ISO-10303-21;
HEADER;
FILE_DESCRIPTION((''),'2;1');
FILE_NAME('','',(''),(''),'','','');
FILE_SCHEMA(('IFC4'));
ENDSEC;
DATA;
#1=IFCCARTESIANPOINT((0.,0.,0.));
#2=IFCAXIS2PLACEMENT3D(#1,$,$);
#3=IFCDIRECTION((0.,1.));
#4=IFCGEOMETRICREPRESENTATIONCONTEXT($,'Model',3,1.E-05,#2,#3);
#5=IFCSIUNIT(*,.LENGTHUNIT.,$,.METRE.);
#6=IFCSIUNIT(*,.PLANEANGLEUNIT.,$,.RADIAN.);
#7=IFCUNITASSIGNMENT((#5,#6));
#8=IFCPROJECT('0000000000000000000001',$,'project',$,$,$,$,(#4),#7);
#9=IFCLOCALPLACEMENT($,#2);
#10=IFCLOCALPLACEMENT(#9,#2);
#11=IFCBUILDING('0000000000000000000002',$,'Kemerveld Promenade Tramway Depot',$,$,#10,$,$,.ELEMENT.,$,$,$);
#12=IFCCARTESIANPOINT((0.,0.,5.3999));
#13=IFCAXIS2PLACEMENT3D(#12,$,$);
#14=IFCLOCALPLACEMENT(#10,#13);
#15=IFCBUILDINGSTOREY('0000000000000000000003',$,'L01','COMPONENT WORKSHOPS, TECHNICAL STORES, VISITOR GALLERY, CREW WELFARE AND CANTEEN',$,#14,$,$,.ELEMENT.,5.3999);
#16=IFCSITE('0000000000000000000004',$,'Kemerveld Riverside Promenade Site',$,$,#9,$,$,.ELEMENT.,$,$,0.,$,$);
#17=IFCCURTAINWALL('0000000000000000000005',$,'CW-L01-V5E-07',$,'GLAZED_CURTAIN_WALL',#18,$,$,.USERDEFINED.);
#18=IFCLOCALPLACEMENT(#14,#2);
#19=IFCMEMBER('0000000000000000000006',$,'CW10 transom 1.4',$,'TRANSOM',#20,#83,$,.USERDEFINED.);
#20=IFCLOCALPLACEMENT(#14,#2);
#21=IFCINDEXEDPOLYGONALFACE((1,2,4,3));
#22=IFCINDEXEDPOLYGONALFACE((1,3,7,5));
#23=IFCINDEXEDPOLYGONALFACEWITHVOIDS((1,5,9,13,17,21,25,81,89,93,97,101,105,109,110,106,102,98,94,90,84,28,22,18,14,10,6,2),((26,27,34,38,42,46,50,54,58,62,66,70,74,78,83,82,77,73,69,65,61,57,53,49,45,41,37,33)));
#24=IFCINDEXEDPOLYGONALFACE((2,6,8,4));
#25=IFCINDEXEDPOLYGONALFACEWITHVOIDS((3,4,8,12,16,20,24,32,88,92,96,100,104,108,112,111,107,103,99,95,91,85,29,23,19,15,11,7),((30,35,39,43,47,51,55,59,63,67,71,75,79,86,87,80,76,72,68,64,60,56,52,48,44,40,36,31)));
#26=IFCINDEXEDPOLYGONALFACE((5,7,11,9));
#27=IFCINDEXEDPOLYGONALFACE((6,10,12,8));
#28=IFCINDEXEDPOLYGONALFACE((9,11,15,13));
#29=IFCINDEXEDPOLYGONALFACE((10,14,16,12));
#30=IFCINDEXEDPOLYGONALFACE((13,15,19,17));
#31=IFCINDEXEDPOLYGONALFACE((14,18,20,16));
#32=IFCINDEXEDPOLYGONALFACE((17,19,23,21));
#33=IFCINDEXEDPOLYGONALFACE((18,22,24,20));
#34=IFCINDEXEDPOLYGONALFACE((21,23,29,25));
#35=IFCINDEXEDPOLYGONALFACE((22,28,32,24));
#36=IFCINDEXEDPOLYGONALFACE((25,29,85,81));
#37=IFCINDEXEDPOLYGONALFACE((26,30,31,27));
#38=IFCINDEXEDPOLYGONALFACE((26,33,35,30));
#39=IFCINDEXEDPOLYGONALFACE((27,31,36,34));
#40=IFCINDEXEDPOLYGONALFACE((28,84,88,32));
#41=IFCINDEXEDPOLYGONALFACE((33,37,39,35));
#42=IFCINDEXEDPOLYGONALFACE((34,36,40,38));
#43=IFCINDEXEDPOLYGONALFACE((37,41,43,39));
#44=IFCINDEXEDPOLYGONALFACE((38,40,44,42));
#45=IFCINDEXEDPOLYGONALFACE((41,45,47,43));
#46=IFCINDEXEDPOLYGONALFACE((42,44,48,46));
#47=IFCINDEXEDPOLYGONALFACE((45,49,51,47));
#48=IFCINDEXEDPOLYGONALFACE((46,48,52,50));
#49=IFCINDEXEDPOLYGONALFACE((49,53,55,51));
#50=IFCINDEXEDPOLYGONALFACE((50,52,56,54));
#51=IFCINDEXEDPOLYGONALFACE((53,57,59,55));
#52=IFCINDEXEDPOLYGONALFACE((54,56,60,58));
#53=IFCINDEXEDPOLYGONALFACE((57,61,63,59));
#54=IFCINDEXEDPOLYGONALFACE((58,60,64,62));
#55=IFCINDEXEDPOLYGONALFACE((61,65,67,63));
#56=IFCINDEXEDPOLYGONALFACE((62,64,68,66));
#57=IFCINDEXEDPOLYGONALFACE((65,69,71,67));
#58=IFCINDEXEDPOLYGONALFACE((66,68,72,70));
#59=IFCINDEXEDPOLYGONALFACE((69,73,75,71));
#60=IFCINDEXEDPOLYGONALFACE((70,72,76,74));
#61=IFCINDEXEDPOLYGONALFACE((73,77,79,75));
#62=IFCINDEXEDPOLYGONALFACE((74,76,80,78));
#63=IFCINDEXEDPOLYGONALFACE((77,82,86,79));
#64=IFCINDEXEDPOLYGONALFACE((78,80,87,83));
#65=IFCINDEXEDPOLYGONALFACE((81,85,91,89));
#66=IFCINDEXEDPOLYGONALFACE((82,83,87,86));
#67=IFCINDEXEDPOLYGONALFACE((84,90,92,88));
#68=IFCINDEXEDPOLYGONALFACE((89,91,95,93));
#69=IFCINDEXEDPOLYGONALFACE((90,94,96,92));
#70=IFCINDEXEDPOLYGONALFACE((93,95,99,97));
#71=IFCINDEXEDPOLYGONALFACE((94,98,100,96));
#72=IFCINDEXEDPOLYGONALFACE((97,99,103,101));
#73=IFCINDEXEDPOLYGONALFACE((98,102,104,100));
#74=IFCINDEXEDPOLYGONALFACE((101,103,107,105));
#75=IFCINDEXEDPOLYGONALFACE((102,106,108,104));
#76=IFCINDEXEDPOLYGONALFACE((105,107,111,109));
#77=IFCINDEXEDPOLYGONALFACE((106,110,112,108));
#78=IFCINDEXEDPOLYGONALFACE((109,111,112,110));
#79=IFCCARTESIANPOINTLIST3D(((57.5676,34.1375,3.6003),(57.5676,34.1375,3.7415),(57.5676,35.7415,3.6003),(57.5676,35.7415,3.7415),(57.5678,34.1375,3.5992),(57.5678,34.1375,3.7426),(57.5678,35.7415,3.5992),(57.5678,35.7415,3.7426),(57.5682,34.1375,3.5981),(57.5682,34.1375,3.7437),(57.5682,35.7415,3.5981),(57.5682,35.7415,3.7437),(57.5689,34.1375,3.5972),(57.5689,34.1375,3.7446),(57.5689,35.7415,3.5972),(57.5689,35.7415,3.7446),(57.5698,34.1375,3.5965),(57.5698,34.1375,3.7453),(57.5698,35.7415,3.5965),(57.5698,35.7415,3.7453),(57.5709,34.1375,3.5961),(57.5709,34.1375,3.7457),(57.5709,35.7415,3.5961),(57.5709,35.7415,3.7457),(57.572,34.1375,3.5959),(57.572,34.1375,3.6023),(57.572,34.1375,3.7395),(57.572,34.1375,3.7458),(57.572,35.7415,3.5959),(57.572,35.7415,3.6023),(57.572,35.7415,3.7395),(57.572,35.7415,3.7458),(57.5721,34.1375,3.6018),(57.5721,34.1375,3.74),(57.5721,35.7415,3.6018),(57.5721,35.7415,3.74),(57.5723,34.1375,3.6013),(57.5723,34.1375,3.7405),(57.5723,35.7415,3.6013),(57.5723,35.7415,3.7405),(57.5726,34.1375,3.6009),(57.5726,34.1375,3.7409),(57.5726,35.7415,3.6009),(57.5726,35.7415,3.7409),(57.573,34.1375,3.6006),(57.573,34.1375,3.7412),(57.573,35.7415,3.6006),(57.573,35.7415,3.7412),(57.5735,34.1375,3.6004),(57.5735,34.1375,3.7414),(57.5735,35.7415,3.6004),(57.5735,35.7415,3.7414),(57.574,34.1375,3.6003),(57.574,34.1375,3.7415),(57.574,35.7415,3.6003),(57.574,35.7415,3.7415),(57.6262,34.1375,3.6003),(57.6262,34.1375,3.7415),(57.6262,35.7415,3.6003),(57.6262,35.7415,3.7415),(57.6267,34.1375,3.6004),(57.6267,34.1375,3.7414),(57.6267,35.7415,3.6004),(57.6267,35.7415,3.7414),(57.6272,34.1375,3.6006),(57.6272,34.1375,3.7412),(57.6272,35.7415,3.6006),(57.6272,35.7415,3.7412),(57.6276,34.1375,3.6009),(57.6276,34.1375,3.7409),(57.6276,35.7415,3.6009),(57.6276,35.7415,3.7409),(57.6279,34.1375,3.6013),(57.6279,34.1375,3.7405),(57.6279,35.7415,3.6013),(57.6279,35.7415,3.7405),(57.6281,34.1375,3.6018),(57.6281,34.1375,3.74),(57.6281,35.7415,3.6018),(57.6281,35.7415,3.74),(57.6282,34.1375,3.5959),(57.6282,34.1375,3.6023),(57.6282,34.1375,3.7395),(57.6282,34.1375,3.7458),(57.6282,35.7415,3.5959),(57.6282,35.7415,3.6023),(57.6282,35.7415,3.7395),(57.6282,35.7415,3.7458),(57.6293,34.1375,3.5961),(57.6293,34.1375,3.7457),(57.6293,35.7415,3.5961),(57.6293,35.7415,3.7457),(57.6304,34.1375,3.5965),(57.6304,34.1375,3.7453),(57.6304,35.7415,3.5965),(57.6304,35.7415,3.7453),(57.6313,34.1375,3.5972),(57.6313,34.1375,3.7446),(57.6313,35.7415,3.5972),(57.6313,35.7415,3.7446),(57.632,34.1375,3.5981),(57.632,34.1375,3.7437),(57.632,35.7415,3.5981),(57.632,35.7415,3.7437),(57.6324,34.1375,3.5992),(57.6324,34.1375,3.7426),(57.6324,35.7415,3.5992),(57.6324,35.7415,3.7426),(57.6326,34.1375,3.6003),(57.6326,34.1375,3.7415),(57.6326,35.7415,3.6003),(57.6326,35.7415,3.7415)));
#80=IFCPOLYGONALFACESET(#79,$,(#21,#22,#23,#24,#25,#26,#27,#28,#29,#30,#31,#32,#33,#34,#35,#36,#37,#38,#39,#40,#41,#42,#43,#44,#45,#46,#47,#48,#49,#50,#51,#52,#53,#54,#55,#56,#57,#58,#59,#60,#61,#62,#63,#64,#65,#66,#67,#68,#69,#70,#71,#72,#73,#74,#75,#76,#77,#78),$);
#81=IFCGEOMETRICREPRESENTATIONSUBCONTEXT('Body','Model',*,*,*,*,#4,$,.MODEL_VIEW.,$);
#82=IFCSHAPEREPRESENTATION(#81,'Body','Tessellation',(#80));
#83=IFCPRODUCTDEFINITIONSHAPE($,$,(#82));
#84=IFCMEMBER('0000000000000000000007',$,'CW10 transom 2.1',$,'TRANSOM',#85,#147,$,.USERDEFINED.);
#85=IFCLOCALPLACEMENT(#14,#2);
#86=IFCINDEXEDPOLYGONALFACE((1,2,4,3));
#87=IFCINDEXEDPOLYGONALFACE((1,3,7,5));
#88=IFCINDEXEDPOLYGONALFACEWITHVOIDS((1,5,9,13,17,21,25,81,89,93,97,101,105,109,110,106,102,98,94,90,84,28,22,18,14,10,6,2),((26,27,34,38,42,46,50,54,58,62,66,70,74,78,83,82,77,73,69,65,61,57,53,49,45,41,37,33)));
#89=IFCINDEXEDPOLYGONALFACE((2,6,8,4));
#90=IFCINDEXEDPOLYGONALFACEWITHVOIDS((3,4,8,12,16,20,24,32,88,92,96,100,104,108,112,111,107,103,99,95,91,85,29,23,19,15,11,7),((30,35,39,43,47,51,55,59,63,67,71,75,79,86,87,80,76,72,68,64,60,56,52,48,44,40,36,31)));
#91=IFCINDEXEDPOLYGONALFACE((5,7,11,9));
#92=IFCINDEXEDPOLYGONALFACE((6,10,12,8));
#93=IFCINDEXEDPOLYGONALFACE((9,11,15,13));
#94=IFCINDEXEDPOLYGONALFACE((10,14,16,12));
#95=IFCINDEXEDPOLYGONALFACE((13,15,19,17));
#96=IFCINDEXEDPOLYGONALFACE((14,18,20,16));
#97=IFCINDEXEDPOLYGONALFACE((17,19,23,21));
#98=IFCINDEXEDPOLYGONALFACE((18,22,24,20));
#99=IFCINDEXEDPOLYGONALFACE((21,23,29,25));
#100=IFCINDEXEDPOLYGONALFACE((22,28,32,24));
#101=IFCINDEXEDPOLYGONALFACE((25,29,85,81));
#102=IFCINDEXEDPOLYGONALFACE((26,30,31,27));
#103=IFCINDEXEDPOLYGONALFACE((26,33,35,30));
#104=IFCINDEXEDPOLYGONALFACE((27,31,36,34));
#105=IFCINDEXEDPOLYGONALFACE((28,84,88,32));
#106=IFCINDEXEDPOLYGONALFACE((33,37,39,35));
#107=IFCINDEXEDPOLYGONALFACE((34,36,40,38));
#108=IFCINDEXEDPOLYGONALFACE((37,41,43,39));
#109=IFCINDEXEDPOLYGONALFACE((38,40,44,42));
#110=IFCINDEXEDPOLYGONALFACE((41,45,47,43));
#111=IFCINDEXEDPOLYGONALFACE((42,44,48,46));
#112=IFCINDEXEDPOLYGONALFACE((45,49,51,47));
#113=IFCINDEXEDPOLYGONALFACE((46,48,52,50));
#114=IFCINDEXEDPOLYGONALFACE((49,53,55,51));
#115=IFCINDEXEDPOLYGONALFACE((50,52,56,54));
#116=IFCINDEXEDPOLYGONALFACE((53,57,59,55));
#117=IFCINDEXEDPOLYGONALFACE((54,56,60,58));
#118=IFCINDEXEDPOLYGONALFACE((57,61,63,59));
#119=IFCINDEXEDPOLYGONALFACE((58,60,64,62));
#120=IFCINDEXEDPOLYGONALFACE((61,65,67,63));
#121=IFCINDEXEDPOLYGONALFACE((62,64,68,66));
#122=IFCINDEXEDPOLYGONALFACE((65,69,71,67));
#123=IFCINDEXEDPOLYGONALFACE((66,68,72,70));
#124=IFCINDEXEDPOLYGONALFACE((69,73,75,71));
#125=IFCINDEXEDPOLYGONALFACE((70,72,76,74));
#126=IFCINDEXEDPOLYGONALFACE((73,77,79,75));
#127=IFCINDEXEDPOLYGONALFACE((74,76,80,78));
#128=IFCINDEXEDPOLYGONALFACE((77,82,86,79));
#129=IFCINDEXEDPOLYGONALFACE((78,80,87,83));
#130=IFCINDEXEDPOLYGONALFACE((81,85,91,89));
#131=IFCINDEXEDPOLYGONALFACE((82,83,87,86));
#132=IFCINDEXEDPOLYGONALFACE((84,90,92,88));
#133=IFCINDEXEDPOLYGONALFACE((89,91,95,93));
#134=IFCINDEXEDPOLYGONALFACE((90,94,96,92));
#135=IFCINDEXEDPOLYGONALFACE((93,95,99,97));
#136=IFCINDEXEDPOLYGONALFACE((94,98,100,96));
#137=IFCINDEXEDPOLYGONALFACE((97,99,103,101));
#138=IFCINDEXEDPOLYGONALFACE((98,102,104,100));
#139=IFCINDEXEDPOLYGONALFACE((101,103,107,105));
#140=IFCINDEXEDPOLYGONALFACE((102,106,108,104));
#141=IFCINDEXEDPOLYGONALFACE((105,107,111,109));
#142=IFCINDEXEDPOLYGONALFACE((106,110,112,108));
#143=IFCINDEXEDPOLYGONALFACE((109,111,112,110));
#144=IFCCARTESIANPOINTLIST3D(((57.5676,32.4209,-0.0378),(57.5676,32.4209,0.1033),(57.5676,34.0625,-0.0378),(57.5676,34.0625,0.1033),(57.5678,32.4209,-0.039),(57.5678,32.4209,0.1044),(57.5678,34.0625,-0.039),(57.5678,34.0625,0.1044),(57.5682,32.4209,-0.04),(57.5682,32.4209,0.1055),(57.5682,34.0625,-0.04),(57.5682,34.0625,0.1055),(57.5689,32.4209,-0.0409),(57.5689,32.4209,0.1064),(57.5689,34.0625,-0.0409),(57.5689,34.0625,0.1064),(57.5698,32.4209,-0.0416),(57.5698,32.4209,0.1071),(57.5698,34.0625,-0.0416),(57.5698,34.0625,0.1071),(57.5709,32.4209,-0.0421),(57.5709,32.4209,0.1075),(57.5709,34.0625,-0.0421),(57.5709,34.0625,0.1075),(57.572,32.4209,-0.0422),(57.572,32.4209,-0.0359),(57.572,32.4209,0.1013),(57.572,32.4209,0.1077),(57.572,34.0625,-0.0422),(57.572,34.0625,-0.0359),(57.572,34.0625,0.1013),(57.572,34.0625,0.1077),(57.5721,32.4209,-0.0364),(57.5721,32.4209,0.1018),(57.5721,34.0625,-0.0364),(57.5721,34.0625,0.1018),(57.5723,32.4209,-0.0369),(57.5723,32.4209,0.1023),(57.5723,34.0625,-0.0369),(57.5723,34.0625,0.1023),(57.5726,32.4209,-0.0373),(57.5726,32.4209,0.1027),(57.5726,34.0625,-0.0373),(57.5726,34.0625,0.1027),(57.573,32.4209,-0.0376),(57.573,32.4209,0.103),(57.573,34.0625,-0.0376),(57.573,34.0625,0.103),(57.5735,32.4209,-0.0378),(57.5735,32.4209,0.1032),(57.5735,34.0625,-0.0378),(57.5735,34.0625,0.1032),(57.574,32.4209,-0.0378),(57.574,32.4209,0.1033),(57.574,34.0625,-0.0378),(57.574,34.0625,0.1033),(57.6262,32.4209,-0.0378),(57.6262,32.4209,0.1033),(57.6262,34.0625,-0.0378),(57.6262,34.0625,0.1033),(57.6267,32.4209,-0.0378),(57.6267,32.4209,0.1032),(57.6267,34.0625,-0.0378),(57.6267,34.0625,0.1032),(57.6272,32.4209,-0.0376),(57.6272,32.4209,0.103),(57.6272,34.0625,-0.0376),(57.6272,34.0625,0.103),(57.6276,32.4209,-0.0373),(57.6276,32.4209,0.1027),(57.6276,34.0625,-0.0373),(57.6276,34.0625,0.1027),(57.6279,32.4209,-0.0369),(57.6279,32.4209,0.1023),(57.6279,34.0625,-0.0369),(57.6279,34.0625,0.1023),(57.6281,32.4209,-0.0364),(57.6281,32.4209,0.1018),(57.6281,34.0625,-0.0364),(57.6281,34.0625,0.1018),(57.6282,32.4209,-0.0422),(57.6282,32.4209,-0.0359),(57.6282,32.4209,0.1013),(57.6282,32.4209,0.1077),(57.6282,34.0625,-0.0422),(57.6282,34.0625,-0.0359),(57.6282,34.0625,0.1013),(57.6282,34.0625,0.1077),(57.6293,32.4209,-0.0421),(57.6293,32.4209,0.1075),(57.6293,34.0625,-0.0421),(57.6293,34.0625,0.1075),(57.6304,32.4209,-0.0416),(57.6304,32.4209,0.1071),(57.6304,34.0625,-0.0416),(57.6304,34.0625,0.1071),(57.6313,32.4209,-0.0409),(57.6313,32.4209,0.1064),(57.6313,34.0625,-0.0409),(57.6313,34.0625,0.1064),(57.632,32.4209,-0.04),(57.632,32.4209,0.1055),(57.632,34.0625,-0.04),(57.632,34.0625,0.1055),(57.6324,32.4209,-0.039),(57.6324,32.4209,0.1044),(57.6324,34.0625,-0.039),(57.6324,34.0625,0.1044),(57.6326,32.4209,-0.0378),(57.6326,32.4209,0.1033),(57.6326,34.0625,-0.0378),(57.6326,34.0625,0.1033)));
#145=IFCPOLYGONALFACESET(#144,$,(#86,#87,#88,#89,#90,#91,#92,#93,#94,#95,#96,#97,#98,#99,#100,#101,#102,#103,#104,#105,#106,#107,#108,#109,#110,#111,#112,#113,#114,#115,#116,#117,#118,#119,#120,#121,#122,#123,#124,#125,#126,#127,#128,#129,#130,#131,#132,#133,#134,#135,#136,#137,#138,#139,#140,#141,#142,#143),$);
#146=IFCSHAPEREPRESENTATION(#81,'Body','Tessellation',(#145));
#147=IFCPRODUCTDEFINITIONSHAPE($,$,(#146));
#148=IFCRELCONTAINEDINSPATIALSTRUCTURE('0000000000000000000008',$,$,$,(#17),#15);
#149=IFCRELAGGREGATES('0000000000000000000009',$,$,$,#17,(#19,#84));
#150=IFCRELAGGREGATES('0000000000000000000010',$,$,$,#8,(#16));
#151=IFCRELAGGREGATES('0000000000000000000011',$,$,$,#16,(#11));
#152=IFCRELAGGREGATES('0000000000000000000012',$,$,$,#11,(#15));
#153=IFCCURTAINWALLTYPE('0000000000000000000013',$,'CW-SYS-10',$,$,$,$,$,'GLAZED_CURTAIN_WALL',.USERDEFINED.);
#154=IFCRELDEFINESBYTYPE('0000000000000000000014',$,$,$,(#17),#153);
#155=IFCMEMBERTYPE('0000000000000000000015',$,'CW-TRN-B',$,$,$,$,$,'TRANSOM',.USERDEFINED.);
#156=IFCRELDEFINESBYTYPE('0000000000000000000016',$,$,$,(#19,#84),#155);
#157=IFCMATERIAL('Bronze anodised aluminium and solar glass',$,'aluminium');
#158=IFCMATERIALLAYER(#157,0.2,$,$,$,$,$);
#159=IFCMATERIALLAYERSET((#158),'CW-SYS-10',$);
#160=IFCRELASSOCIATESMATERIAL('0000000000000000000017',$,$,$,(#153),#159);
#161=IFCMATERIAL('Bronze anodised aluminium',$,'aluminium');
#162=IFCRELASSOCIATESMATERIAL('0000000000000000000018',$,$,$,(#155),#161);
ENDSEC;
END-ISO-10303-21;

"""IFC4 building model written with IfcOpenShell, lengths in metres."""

from ifc_helpers import new_model, si_unit, direction, frame, origin, origin_2d, place, context, subcontext, project, spatial, hollow_rectangle, extrude, material, layer, layer_set, material_profile, profile_set, type_object, element, aggregate, save


model = new_model("IFC4")

# Units and contexts
model_context = context("Model", 3, precision=1e-05, world=origin(), true_north=direction((0.0, 1.0)))
body_context = subcontext(model_context, "Body", "Model", "MODEL_VIEW")
ifc_project = project(units=[si_unit("LENGTHUNIT", "METRE"), si_unit("PLANEANGLEUNIT", "RADIAN")], contexts=[model_context])

# Site, building, storey
site_placement = place(None, origin())
site = spatial("IfcSite", under=ifc_project, at=site_placement, Name="Kemerveld Riverside Promenade Site", CompositionType="ELEMENT", RefElevation=0.0)
building_placement = place(site_placement, origin())
building = spatial("IfcBuilding", under=site, at=building_placement, Name="Kemerveld Promenade Tramway Depot", CompositionType="ELEMENT")
storey_placement = place(building_placement, frame((0.0, 0.0, 5.3999)))
storey = spatial("IfcBuildingStorey", under=building, at=storey_placement, Name="L01", Description="COMPONENT WORKSHOPS, TECHNICAL STORES, VISITOR GALLERY, CREW WELFARE AND CANTEEN", CompositionType="ELEMENT", Elevation=5.3999)

# Shared definitions
ifc_material_1 = material(Name="Bronze anodised aluminium and solar glass", Category="aluminium")
ifc_material_2 = material(Name="Bronze anodised aluminium", Category="aluminium")

# Curtain wall, members
ifc_layer_1 = layer(ifc_material_1, 0.2)
ifc_layer_set_1 = layer_set([ifc_layer_1], Name="CW-SYS-10")
curtain_wall_type_1 = type_object("IfcCurtainWallType", Name="CW-SYS-10", ElementType="GLAZED_CURTAIN_WALL", PredefinedType="USERDEFINED", material=ifc_layer_set_1)
curtain_wall_1_placement = place(storey_placement, origin())
curtain_wall_1 = element("IfcCurtainWall", 1, at=curtain_wall_1_placement, inside=storey, type_object=curtain_wall_type_1, Name="CW-L01-V5E-07", ObjectType="GLAZED_CURTAIN_WALL", PredefinedType="USERDEFINED")
ifc_material_profile_1 = material_profile(ifc_material_2, hollow_rectangle(XDim=0.0649, YDim=0.1499, WallThickness=0.0044, InnerFilletRadius=0.002, OuterFilletRadius=0.0044, at=origin_2d()), Name="CW-TRN-150x65")
ifc_profile_set_1 = profile_set([ifc_material_profile_1], Name="Bronze anodised aluminium")
member_type_1 = type_object("IfcMemberType", Name="CW-TRN-B", ElementType="TRANSOM", PredefinedType="USERDEFINED", material=ifc_profile_set_1)
member_1_placement = place(storey_placement, frame((57.6001, 35.7415, 3.6709), z_axis=(0.0, -1.0, 0.0), x_axis=(1.0, 0.0, 0.0)))
member_1 = element("IfcMember", 2, at=member_1_placement, type_object=member_type_1, Name="CW10 transom 1.4", ObjectType="TRANSOM", PredefinedType="USERDEFINED", context=body_context, shape_type="SweptSolid", body=[
    extrude(hollow_rectangle(XDim=0.0649, YDim=0.1499, WallThickness=0.0044, InnerFilletRadius=0.002, OuterFilletRadius=0.0044, at=origin_2d()), origin(), (0.0, 0.0, 1.0), 1.604),
])
member_2_placement = place(storey_placement, frame((57.6001, 34.0625, 0.0327), z_axis=(0.0, -1.0, 0.0), x_axis=(1.0, 0.0, 0.0)))
member_2 = element("IfcMember", 3, at=member_2_placement, type_object=member_type_1, Name="CW10 transom 2.1", ObjectType="TRANSOM", PredefinedType="USERDEFINED", context=body_context, shape_type="SweptSolid", body=[
    extrude(hollow_rectangle(XDim=0.0649, YDim=0.1499, WallThickness=0.0044, InnerFilletRadius=0.002, OuterFilletRadius=0.0044, at=origin_2d()), origin(), (0.0, 0.0, 1.0), 1.6416),
])
aggregate(curtain_wall_1, [member_1, member_2])

save(model, "model.ifc")
